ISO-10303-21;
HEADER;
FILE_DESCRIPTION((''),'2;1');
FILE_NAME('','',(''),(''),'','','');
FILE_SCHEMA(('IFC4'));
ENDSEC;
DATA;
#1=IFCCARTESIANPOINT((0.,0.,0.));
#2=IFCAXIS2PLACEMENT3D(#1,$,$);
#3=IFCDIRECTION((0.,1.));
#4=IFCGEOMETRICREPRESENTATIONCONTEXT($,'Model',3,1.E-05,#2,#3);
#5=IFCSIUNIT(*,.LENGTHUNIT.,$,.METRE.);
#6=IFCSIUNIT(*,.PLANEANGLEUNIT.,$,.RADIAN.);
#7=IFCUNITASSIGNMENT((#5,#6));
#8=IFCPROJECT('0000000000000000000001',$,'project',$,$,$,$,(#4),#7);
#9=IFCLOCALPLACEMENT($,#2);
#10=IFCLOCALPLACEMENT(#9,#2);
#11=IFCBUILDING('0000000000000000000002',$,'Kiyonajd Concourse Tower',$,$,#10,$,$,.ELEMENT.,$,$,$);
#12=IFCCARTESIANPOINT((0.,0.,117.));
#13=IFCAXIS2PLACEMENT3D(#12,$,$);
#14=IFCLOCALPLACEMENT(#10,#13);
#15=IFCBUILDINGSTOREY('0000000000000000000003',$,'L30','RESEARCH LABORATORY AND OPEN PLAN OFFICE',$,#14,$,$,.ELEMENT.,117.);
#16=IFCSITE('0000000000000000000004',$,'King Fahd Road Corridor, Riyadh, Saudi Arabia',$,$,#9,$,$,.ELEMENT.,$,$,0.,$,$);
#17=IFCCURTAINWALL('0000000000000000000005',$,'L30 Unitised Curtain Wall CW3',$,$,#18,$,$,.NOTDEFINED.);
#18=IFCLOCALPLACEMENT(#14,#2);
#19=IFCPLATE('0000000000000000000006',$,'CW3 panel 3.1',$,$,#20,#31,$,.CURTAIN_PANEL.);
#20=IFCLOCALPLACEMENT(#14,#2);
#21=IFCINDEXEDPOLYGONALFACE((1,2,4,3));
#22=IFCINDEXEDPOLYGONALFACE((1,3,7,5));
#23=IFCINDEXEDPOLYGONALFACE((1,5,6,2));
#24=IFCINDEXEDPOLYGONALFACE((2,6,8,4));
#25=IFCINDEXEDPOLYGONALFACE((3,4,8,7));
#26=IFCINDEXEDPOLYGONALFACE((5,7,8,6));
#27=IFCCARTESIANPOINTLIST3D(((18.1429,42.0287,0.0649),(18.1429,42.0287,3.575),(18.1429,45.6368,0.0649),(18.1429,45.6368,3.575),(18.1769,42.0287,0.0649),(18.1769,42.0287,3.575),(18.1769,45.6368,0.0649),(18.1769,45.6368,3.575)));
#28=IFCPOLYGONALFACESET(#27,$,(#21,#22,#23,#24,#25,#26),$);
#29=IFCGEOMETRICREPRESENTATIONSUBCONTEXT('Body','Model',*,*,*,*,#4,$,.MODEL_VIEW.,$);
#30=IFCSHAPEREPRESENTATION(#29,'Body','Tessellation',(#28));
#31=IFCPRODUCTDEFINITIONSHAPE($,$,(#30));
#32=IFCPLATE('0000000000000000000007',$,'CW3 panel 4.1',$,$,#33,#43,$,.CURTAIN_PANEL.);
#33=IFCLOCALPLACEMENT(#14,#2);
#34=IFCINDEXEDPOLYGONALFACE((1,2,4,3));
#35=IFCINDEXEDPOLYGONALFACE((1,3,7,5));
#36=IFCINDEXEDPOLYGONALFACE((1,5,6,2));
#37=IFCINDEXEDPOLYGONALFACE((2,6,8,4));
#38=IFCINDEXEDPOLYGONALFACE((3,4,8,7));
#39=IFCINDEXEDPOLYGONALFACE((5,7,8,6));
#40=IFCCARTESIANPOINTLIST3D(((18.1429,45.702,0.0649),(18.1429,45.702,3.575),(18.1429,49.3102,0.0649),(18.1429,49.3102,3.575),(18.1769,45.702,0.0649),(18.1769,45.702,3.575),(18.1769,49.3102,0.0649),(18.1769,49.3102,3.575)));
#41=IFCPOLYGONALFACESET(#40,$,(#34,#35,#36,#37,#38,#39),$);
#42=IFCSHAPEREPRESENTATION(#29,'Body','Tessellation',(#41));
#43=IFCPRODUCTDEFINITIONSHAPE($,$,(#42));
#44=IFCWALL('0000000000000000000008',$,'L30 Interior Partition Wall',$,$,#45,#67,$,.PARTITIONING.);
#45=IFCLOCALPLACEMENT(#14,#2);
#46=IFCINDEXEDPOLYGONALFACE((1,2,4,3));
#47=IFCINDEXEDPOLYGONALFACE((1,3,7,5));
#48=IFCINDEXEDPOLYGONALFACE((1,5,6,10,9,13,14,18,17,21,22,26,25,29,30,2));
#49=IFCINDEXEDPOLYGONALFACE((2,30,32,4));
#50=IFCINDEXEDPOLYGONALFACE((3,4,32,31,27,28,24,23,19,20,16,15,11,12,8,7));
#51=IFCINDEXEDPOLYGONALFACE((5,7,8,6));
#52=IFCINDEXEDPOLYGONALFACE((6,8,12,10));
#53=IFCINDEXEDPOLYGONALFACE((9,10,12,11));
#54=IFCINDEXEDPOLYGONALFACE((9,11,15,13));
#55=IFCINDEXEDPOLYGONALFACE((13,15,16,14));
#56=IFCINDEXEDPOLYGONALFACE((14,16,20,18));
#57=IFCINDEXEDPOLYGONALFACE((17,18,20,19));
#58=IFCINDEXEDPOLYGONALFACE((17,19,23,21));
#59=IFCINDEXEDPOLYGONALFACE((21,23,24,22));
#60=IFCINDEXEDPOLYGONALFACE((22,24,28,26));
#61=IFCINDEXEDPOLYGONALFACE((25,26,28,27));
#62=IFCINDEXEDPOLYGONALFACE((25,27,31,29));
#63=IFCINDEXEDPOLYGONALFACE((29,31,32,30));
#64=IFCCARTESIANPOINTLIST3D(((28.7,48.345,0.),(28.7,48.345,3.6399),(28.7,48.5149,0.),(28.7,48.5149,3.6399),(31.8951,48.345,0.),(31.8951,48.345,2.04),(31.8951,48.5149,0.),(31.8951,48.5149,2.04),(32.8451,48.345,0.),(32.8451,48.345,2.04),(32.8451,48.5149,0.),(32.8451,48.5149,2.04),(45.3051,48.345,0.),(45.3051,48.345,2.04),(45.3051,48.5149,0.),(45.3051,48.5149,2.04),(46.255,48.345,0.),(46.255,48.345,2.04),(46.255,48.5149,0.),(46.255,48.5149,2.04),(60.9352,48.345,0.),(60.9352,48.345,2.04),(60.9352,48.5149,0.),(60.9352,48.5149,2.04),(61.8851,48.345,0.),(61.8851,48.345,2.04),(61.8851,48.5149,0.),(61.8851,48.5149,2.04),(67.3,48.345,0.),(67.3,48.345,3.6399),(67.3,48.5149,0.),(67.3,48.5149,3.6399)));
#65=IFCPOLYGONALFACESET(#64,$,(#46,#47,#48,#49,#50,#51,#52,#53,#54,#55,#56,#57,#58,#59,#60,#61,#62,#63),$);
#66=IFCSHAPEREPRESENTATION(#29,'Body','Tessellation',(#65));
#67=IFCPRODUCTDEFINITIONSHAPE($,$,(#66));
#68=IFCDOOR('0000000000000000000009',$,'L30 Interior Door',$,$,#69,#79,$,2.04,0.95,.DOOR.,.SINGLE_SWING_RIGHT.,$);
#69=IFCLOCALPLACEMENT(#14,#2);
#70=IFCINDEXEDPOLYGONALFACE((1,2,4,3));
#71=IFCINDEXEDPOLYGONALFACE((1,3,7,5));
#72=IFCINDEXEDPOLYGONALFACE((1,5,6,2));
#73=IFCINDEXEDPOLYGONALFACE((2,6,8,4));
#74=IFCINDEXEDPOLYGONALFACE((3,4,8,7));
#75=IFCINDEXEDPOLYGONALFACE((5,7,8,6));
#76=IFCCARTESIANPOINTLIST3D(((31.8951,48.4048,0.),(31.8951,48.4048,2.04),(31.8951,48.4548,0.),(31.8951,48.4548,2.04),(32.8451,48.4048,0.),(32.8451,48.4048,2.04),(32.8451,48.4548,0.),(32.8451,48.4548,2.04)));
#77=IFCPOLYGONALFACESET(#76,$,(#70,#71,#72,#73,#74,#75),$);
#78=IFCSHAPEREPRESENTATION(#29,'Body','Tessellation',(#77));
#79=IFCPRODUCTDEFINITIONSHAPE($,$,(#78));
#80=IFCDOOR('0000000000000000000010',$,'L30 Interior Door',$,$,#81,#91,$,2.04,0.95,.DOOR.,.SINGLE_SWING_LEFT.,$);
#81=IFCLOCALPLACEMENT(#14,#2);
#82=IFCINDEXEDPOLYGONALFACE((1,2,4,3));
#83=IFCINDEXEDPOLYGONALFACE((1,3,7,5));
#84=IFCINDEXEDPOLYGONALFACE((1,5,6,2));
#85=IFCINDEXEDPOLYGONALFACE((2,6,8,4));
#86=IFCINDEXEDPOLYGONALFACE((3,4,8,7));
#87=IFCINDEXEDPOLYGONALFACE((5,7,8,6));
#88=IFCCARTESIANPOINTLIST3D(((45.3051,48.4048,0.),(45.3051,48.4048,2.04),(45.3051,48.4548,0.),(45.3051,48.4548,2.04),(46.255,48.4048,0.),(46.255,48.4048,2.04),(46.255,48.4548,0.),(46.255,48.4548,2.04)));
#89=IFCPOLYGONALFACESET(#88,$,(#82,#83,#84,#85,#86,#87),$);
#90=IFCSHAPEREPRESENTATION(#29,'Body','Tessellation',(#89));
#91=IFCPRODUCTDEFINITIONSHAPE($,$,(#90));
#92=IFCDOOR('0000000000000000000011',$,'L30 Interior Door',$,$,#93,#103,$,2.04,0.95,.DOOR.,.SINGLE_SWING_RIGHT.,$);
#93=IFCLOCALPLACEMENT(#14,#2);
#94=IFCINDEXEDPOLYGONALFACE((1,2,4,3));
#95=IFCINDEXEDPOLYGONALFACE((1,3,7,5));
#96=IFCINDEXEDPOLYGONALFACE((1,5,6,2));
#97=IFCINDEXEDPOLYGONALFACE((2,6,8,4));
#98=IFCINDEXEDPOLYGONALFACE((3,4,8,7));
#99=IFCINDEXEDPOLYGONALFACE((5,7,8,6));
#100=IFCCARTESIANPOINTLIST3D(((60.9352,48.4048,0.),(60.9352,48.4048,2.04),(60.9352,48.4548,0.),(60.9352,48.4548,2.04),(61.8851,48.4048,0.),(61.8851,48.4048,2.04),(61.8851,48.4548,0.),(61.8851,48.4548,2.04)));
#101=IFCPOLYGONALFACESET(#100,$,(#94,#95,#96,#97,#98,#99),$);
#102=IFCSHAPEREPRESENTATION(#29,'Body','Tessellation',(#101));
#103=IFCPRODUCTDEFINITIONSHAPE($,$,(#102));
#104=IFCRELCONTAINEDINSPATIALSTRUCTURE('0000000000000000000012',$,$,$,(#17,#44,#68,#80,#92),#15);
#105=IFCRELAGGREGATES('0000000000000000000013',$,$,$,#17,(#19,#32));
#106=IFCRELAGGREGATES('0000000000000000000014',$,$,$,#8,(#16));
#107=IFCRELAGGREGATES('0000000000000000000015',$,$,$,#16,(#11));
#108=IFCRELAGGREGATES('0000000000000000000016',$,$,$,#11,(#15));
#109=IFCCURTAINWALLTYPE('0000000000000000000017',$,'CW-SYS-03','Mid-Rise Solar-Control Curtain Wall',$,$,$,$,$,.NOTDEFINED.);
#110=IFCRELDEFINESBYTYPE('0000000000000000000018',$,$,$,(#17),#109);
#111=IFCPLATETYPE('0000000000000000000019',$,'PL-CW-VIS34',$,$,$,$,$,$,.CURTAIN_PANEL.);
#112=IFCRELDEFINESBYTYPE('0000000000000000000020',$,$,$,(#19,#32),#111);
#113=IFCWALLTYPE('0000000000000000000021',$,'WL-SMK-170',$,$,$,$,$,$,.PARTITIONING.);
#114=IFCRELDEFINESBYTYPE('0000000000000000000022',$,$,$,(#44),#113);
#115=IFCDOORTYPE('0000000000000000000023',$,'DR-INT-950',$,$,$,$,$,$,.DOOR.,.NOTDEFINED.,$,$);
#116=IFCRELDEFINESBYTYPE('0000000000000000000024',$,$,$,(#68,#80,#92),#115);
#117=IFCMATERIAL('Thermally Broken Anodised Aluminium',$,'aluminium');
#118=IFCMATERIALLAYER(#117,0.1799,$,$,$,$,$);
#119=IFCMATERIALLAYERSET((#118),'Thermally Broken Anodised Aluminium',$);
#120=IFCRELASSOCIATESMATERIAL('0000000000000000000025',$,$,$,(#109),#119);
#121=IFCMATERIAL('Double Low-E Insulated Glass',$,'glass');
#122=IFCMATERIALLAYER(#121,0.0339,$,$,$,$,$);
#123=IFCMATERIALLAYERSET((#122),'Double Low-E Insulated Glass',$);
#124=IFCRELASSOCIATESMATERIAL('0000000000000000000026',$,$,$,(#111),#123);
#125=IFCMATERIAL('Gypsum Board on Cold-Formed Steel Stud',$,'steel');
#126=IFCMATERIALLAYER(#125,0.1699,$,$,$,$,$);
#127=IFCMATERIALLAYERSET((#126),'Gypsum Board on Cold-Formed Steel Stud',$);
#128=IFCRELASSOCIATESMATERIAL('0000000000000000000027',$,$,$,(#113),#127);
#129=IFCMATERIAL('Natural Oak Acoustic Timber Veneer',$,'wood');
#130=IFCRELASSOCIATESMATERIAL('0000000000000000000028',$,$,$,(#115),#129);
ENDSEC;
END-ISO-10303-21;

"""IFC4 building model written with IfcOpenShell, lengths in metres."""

from ifc_helpers import new_model, si_unit, direction, frame, frame_2d, origin, origin_2d, place, context, subcontext, project, spatial, rectangle, extrude, material, layer, layer_set, type_object, element, fill, aggregate, save


model = new_model("IFC4")

# Units and contexts
model_context = context("Model", 3, precision=1e-05, world=origin(), true_north=direction((0.0, 1.0)))
body_context = subcontext(model_context, "Body", "Model", "MODEL_VIEW")
ifc_project = project(units=[si_unit("LENGTHUNIT", "METRE"), si_unit("PLANEANGLEUNIT", "RADIAN")], contexts=[model_context])

# Site, building, storey
site_placement = place(None, origin())
site = spatial("IfcSite", under=ifc_project, at=site_placement, Name="King Fahd Road Corridor, Riyadh, Saudi Arabia", CompositionType="ELEMENT", RefElevation=0.0)
building_placement = place(site_placement, origin())
building = spatial("IfcBuilding", under=site, at=building_placement, Name="Kiyonajd Concourse Tower", CompositionType="ELEMENT")
storey_placement = place(building_placement, frame((0.0, 0.0, 117.0)))
storey = spatial("IfcBuildingStorey", under=building, at=storey_placement, Name="L30", Description="RESEARCH LABORATORY AND OPEN PLAN OFFICE", CompositionType="ELEMENT", Elevation=117.0)

# Curtain wall, plates
ifc_material_1 = material(Name="Thermally Broken Anodised Aluminium", Category="aluminium")
ifc_layer_1 = layer(ifc_material_1, 0.1799)
ifc_layer_set_1 = layer_set([ifc_layer_1], Name="Thermally Broken Anodised Aluminium")
curtain_wall_type = type_object("IfcCurtainWallType", Name="CW-SYS-03", Description="Mid-Rise Solar-Control Curtain Wall", PredefinedType="NOTDEFINED", material=ifc_layer_set_1)
curtain_wall_placement = place(storey_placement, origin())
curtain_wall = element("IfcCurtainWall", 1, at=curtain_wall_placement, inside=storey, type_object=curtain_wall_type, Name="L30 Unitised Curtain Wall CW3", PredefinedType="NOTDEFINED")
ifc_material_2 = material(Name="Double Low-E Insulated Glass", Category="glass")
ifc_layer_2 = layer(ifc_material_2, 0.0339)
ifc_layer_set_2 = layer_set([ifc_layer_2], Name="Double Low-E Insulated Glass")
plate_type = type_object("IfcPlateType", Name="PL-CW-VIS34", PredefinedType="CURTAIN_PANEL", material=ifc_layer_set_2)
plate_1_placement = place(storey_placement, frame((18.1599, 43.8328, 0.0649), z_axis=(0.0, 0.0, 1.0), x_axis=(0.0, 1.0, 0.0)))
plate_1 = element("IfcPlate", 2, at=plate_1_placement, type_object=plate_type, Name="CW3 panel 3.1", PredefinedType="CURTAIN_PANEL", context=body_context, shape_type="SweptSolid", body=[
    extrude(rectangle(XDim=3.6082, YDim=0.0339, at=origin_2d()), origin(), (0.0, 0.0, 1.0), 3.51),
])
plate_2_placement = place(storey_placement, frame((18.1599, 47.5061, 0.0649), z_axis=(0.0, 0.0, 1.0), x_axis=(0.0, 1.0, 0.0)))
plate_2 = element("IfcPlate", 3, at=plate_2_placement, type_object=plate_type, Name="CW3 panel 4.1", PredefinedType="CURTAIN_PANEL", context=body_context, shape_type="SweptSolid", body=[
    extrude(rectangle(XDim=3.6082, YDim=0.0339, at=origin_2d()), origin(), (0.0, 0.0, 1.0), 3.51),
])
aggregate(curtain_wall, [plate_1, plate_2])

# Wall, openings, doors
ifc_material_3 = material(Name="Gypsum Board on Cold-Formed Steel Stud", Category="steel")
ifc_layer_3 = layer(ifc_material_3, 0.1699)
ifc_layer_set_3 = layer_set([ifc_layer_3], Name="Gypsum Board on Cold-Formed Steel Stud")
wall_type = type_object("IfcWallType", Name="WL-SMK-170", PredefinedType="PARTITIONING", material=ifc_layer_set_3)
wall_placement = place(storey_placement, frame((28.7, 48.4299, 0.0), z_axis=(0.0, 0.0, 1.0), x_axis=(1.0, 0.0, 0.0)))
wall = element("IfcWall", 4, at=wall_placement, inside=storey, type_object=wall_type, Name="L30 Interior Partition Wall", PredefinedType="PARTITIONING", context=body_context, shape_type="SweptSolid", body=[
    extrude(rectangle(XDim=38.6001, YDim=0.1699, at=frame_2d((19.3, 0.0))), origin(), (0.0, 0.0, 1.0), 3.6399),
])
opening_1_placement = place(wall_placement, frame((3.1951, 0.0, 0.0)))
opening_1 = element("IfcOpeningElement", 5, at=opening_1_placement, cuts=wall, PredefinedType="OPENING", context=body_context, shape_type="SweptSolid", body=[
    extrude(rectangle(XDim=0.95, YDim=2.04, at=frame_2d((0.4751, 1.02))), frame((0.0, 0.095, 0.0), z_axis=(0.0, -1.0, 0.0), x_axis=(1.0, 0.0, 0.0)), (0.0, 0.0, 1.0), 0.1899),
])
opening_2_placement = place(wall_placement, frame((16.605, 0.0, 0.0)))
opening_2 = element("IfcOpeningElement", 6, at=opening_2_placement, cuts=wall, PredefinedType="OPENING", context=body_context, shape_type="SweptSolid", body=[
    extrude(rectangle(XDim=0.95, YDim=2.04, at=frame_2d((0.4751, 1.02))), frame((0.0, 0.095, 0.0), z_axis=(0.0, -1.0, 0.0), x_axis=(1.0, 0.0, 0.0)), (0.0, 0.0, 1.0), 0.1899),
])
opening_3_placement = place(wall_placement, frame((32.2351, 0.0, 0.0)))
opening_3 = element("IfcOpeningElement", 7, at=opening_3_placement, cuts=wall, PredefinedType="OPENING", context=body_context, shape_type="SweptSolid", body=[
    extrude(rectangle(XDim=0.95, YDim=2.04, at=frame_2d((0.4751, 1.02))), frame((0.0, 0.095, 0.0), z_axis=(0.0, -1.0, 0.0), x_axis=(1.0, 0.0, 0.0)), (0.0, 0.0, 1.0), 0.1899),
])
ifc_material_4 = material(Name="Natural Oak Acoustic Timber Veneer", Category="wood")
door_type = type_object("IfcDoorType", Name="DR-INT-950", OperationType="NOTDEFINED", PredefinedType="DOOR", material=ifc_material_4)
door_1_placement = place(opening_1_placement, origin())
door_1 = element("IfcDoor", 8, at=door_1_placement, inside=storey, type_object=door_type, Name="L30 Interior Door", OperationType="SINGLE_SWING_RIGHT", OverallHeight=2.04, OverallWidth=0.95, PredefinedType="DOOR", context=body_context, shape_type="SweptSolid", body=[
    extrude(rectangle(XDim=0.95, YDim=2.04, at=frame_2d((0.4751, 1.02))), frame((0.0, 0.0249, 0.0), z_axis=(0.0, -1.0, 0.0), x_axis=(1.0, 0.0, 0.0)), (0.0, 0.0, 1.0), 0.05),
])
fill(opening_1, door_1)
door_2_placement = place(opening_2_placement, origin())
door_2 = element("IfcDoor", 9, at=door_2_placement, inside=storey, type_object=door_type, Name="L30 Interior Door", OperationType="SINGLE_SWING_LEFT", OverallHeight=2.04, OverallWidth=0.95, PredefinedType="DOOR", context=body_context, shape_type="SweptSolid", body=[
    extrude(rectangle(XDim=0.95, YDim=2.04, at=frame_2d((0.4751, 1.02))), frame((0.0, 0.0249, 0.0), z_axis=(0.0, -1.0, 0.0), x_axis=(1.0, 0.0, 0.0)), (0.0, 0.0, 1.0), 0.05),
])
fill(opening_2, door_2)
door_3_placement = place(opening_3_placement, origin())
door_3 = element("IfcDoor", 10, at=door_3_placement, inside=storey, type_object=door_type, Name="L30 Interior Door", OperationType="SINGLE_SWING_RIGHT", OverallHeight=2.04, OverallWidth=0.95, PredefinedType="DOOR", context=body_context, shape_type="SweptSolid", body=[
    extrude(rectangle(XDim=0.95, YDim=2.04, at=frame_2d((0.4751, 1.02))), frame((0.0, 0.0249, 0.0), z_axis=(0.0, -1.0, 0.0), x_axis=(1.0, 0.0, 0.0)), (0.0, 0.0, 1.0), 0.05),
])
fill(opening_3, door_3)

save(model, "model.ifc")
